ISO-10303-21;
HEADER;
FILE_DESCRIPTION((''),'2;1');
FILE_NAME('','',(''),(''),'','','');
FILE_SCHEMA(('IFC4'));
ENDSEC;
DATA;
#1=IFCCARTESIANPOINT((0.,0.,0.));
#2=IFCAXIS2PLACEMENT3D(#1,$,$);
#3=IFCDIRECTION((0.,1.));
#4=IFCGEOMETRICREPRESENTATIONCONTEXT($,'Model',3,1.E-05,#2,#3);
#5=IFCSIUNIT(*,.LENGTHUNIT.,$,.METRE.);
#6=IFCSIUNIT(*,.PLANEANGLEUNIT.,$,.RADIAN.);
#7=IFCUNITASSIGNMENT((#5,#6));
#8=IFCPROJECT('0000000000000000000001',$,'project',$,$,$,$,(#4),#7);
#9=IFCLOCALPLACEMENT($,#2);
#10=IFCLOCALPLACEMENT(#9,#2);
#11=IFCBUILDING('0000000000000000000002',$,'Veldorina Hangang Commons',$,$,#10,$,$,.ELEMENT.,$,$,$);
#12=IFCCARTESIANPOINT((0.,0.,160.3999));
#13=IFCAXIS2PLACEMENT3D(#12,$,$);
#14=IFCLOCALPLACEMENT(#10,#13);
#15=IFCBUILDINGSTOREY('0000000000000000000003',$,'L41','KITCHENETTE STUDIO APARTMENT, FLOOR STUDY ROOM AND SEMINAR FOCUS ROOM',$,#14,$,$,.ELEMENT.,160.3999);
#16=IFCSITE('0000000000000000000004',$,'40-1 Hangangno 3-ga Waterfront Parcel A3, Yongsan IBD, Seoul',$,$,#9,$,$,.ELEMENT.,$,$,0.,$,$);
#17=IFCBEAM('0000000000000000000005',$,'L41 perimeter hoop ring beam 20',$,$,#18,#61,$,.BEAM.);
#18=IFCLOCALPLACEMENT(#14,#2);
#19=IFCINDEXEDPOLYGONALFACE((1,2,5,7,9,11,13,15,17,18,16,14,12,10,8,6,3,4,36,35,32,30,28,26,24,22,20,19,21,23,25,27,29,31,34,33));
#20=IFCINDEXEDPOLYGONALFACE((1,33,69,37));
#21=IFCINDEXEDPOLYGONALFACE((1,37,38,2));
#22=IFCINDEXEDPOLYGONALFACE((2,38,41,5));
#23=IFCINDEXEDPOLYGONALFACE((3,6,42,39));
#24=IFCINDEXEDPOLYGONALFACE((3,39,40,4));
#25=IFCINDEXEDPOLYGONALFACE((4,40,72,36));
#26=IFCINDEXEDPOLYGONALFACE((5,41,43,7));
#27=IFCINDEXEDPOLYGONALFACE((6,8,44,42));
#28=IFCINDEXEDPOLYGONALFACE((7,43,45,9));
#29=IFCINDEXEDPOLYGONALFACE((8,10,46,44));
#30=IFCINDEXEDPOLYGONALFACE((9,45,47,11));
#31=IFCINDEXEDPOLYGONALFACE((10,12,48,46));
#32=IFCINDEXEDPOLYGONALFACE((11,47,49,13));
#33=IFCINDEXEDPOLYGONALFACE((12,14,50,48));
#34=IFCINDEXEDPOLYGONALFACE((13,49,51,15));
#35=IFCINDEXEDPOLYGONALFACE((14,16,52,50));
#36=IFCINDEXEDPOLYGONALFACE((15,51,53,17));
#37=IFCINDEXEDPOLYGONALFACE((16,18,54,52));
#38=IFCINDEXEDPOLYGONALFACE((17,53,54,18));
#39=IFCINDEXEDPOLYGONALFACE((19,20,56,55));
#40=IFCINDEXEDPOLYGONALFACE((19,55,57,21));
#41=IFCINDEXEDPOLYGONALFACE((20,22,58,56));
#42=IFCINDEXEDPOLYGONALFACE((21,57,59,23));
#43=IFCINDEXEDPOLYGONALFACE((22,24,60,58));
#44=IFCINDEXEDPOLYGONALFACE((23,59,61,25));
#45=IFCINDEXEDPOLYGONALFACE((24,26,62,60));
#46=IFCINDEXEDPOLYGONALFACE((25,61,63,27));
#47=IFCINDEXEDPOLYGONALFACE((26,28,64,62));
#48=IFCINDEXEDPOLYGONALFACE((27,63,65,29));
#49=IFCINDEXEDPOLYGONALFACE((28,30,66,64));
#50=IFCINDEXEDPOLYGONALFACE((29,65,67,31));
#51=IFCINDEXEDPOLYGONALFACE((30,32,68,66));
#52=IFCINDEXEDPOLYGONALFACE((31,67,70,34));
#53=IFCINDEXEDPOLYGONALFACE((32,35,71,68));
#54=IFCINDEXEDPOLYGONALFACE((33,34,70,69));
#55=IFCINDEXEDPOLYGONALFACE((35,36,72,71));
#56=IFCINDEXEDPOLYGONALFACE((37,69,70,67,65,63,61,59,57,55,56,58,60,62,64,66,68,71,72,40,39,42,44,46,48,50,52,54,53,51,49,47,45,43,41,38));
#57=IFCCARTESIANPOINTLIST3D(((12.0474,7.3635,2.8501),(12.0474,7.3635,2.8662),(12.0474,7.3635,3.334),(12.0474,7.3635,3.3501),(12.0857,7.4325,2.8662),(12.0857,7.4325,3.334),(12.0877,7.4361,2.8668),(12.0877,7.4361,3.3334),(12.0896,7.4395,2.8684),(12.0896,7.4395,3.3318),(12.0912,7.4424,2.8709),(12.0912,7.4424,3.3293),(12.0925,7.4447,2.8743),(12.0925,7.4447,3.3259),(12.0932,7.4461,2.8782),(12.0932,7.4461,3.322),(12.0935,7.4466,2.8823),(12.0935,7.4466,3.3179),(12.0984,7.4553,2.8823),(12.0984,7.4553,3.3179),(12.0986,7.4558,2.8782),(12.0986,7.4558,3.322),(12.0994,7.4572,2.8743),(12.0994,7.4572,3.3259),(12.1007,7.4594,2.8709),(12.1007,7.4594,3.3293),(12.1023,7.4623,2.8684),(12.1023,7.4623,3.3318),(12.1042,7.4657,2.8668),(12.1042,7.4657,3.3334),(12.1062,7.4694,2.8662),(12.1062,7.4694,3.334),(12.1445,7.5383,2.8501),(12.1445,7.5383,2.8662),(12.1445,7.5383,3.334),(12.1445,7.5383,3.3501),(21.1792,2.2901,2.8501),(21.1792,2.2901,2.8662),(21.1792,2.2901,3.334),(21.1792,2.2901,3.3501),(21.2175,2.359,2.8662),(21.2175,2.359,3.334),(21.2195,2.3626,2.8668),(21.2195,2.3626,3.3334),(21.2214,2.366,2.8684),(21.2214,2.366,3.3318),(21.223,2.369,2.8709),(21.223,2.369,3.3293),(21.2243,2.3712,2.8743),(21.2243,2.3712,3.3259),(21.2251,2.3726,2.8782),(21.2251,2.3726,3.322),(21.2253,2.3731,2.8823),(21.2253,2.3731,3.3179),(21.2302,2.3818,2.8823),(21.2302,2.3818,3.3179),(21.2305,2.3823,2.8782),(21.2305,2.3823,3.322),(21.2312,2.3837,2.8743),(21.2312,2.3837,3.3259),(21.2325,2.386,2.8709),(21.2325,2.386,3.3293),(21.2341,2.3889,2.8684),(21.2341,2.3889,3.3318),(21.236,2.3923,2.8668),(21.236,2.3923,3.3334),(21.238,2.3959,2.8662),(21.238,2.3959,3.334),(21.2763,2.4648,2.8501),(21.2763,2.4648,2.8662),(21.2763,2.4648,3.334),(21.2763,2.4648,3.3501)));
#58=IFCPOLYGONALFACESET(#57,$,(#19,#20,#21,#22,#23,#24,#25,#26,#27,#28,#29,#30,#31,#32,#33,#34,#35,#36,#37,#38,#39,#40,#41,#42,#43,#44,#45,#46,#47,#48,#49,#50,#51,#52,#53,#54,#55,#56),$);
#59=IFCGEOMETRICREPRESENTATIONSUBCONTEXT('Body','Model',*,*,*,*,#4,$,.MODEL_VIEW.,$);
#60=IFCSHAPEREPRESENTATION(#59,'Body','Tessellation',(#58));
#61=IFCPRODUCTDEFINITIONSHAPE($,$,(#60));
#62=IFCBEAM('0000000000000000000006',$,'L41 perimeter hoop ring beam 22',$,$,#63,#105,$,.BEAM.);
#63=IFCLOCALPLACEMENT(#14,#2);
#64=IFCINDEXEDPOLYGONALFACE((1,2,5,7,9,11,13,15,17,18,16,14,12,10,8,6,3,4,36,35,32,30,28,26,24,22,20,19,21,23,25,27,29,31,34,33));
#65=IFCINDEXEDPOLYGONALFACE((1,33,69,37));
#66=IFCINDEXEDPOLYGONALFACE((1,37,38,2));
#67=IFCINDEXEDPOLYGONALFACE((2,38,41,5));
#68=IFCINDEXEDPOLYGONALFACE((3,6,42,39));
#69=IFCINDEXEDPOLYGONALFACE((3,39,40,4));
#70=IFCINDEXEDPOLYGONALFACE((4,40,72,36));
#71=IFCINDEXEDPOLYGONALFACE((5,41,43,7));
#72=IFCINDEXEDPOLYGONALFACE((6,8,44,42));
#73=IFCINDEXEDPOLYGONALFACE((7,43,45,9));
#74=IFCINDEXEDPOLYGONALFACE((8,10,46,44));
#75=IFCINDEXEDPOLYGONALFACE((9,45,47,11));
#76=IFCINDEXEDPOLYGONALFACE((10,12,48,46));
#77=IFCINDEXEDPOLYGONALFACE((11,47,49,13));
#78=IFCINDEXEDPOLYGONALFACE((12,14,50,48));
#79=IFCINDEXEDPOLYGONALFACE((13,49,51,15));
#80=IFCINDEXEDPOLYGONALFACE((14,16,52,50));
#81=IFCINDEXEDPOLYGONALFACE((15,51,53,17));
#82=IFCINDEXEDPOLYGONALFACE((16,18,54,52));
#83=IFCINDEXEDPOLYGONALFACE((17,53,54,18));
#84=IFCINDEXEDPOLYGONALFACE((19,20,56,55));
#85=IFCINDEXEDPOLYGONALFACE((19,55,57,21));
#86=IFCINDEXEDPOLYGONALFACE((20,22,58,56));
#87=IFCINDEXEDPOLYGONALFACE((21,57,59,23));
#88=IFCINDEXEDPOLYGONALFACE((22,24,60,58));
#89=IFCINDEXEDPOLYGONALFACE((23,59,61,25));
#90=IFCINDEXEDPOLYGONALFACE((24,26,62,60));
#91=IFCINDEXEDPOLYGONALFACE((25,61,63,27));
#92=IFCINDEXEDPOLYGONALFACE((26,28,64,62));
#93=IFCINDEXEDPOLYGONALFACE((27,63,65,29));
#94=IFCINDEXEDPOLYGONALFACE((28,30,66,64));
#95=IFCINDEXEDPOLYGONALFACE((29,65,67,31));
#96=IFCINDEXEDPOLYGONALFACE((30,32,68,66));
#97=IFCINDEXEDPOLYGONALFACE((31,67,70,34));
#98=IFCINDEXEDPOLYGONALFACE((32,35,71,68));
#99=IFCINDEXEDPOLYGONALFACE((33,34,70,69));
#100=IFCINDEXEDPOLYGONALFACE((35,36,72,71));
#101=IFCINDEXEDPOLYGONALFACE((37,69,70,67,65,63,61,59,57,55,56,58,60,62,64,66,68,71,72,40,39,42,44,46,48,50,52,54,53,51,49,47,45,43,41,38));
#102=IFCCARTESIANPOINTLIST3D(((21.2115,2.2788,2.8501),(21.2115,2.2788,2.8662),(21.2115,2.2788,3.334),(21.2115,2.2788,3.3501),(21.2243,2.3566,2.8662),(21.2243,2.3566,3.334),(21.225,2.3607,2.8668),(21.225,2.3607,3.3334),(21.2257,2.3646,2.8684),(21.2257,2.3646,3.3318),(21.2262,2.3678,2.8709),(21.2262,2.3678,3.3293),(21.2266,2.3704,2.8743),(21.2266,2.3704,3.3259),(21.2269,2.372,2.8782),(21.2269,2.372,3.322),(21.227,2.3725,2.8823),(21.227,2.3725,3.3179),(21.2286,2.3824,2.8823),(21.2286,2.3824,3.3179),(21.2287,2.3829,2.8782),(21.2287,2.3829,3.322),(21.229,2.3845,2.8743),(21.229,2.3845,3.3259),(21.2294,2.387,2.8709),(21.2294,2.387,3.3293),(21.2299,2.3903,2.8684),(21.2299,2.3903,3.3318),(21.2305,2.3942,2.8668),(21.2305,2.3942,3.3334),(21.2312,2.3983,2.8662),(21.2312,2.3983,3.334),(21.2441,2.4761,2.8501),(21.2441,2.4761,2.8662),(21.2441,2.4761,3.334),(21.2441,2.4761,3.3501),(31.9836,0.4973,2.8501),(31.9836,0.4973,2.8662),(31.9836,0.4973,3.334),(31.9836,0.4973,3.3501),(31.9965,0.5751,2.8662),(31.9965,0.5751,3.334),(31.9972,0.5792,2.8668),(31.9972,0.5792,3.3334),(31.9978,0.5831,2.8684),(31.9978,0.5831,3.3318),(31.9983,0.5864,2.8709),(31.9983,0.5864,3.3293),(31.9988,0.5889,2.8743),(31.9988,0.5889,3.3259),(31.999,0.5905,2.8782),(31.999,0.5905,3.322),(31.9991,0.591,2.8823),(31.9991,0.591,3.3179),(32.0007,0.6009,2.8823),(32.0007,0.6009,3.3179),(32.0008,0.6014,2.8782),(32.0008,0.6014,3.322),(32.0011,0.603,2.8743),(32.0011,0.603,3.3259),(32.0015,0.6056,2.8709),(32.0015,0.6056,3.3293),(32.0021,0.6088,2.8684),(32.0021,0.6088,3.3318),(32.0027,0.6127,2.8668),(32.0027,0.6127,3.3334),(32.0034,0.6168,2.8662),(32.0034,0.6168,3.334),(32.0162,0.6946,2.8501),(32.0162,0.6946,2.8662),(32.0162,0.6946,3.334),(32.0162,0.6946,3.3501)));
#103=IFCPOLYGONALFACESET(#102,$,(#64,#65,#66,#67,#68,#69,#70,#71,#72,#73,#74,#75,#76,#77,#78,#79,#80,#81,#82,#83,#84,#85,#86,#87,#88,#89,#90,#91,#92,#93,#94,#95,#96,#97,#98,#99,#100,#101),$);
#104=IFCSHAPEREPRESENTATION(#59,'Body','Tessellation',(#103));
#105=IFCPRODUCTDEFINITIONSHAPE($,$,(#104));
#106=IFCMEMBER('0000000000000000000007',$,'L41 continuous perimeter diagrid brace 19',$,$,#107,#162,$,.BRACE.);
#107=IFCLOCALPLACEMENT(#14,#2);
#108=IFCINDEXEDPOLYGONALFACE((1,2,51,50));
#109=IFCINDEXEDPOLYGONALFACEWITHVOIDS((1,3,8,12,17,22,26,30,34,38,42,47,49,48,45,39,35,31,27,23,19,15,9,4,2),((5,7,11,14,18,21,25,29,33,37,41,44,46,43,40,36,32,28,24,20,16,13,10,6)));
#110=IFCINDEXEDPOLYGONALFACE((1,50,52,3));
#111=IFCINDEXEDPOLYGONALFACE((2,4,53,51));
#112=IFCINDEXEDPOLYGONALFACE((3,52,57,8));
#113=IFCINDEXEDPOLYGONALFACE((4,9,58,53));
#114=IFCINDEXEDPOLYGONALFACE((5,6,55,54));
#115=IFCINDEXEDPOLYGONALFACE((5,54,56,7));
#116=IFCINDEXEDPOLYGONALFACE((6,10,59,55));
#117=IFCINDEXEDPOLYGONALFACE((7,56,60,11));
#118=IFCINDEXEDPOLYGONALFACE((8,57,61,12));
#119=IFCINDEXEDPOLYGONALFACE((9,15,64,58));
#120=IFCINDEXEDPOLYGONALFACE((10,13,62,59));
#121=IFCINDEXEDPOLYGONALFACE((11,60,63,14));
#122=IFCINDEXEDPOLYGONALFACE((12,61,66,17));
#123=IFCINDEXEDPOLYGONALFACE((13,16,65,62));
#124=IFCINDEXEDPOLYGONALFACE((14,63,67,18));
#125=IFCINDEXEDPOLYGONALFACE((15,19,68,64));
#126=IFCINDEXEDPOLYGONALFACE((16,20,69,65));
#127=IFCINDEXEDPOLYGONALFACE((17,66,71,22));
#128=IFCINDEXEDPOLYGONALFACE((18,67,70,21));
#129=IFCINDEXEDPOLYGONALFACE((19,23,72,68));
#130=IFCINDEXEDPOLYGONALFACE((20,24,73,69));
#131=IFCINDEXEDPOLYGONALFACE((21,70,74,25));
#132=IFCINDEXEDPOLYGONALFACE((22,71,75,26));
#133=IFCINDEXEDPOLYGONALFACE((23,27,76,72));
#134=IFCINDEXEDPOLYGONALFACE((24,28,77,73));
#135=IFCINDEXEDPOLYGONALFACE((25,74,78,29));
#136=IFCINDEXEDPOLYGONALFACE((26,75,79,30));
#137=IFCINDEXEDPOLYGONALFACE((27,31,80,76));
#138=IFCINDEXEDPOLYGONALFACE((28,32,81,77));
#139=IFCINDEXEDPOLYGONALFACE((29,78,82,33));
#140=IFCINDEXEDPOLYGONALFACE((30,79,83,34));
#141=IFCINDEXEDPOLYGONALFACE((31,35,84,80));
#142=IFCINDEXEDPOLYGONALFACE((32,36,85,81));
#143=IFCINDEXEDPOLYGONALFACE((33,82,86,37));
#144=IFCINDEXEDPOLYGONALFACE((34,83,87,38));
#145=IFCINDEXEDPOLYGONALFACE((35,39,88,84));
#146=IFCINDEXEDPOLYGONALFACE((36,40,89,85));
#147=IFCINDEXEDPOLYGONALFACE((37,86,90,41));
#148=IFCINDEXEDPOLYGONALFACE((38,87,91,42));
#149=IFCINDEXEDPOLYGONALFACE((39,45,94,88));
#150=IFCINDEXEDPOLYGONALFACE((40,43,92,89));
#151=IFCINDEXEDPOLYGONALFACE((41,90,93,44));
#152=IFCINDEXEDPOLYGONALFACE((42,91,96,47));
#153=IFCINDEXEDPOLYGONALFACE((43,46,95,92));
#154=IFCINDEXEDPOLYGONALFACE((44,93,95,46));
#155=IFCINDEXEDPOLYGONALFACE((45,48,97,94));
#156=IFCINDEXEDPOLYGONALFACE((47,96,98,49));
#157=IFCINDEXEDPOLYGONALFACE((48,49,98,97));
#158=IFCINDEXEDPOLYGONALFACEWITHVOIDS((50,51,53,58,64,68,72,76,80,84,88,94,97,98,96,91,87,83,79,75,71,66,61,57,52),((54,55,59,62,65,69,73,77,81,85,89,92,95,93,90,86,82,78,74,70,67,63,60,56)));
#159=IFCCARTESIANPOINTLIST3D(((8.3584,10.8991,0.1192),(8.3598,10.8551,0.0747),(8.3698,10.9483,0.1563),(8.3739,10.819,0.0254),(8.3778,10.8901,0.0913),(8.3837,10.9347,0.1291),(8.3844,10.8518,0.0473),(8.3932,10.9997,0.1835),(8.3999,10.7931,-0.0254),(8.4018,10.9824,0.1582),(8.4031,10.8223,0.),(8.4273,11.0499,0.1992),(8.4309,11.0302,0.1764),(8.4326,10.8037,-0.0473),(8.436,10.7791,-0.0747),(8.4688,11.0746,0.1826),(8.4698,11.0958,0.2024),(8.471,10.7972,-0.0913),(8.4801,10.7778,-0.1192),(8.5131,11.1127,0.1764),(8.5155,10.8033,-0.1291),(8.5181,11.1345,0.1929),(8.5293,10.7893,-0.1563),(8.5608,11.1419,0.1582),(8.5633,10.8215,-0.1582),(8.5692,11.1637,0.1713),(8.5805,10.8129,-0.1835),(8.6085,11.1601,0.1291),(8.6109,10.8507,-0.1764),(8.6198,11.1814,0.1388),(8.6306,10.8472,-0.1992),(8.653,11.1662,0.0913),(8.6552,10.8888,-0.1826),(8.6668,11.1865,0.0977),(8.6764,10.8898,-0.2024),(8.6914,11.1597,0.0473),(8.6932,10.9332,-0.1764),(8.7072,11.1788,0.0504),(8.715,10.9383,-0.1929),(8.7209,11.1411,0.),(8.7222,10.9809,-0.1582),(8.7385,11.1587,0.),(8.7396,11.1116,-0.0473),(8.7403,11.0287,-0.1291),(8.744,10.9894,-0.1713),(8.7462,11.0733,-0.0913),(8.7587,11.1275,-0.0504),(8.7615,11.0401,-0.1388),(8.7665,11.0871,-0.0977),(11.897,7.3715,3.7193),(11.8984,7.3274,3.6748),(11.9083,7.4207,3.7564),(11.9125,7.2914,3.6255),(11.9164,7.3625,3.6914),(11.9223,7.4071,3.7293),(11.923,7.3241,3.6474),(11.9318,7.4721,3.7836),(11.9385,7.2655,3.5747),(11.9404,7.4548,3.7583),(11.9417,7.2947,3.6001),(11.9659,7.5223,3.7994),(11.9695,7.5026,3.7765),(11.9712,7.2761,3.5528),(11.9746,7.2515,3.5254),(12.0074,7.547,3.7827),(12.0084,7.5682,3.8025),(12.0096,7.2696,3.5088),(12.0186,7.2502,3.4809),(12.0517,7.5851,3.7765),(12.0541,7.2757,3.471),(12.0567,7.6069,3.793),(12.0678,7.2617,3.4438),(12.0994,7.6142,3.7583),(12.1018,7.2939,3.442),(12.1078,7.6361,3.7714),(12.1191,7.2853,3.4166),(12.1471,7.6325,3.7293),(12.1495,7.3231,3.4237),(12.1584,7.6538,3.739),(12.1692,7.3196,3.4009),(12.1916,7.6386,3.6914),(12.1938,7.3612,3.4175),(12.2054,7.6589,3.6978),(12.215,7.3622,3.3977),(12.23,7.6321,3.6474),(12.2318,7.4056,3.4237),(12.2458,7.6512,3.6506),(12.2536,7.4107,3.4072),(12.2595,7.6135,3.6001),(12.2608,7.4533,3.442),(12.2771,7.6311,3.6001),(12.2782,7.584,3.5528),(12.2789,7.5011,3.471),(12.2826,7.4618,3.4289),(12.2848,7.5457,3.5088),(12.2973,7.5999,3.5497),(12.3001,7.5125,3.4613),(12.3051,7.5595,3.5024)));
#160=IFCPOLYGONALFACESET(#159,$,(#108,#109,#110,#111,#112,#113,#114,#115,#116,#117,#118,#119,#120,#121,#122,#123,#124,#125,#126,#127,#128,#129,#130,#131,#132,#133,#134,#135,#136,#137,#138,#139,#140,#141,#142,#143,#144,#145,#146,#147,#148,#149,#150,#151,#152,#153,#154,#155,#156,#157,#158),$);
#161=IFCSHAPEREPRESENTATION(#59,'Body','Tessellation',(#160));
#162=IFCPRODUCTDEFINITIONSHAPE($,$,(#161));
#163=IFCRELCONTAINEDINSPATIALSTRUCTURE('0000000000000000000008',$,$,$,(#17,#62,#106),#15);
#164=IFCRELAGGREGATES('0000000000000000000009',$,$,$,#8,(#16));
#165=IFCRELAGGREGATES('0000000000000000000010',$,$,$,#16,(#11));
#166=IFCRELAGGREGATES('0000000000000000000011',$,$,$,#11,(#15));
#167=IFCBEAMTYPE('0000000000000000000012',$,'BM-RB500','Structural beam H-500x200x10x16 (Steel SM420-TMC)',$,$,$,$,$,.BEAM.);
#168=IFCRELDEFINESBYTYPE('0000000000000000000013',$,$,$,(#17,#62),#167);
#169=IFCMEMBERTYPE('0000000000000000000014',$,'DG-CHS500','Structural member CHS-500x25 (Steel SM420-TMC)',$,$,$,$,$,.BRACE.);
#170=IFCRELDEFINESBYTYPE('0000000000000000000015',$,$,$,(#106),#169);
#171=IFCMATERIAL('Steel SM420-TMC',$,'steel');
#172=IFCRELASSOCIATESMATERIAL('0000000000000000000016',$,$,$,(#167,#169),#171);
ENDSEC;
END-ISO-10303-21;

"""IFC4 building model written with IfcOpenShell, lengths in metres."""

from ifc_helpers import new_model, si_unit, direction, frame, origin, origin_2d, place, context, subcontext, project, spatial, hollow_circle, i_section, extrude, material, material_profile, profile_set, type_object, element, save


model = new_model("IFC4")

# Units and contexts
model_context = context("Model", 3, precision=1e-05, world=origin(), true_north=direction((0.0, 1.0)))
body_context = subcontext(model_context, "Body", "Model", "MODEL_VIEW")
ifc_project = project(units=[si_unit("LENGTHUNIT", "METRE"), si_unit("PLANEANGLEUNIT", "RADIAN")], contexts=[model_context])

# Site, building, storey
site_placement = place(None, origin())
site = spatial("IfcSite", under=ifc_project, at=site_placement, Name="40-1 Hangangno 3-ga Waterfront Parcel A3, Yongsan IBD, Seoul", CompositionType="ELEMENT", RefElevation=0.0)
building_placement = place(site_placement, origin())
building = spatial("IfcBuilding", under=site, at=building_placement, Name="Veldorina Hangang Commons", CompositionType="ELEMENT")
storey_placement = place(building_placement, frame((0.0, 0.0, 160.3999)))
storey = spatial("IfcBuildingStorey", under=building, at=storey_placement, Name="L41", Description="KITCHENETTE STUDIO APARTMENT, FLOOR STUDY ROOM AND SEMINAR FOCUS ROOM", CompositionType="ELEMENT", Elevation=160.3999)

# Beams
ifc_material_1 = material(Name="Steel SM420-TMC", Category="steel")
ifc_material_profile_1 = material_profile(ifc_material_1, i_section(OverallWidth=0.2, OverallDepth=0.5, WebThickness=0.01, FlangeThickness=0.0161, FilletRadius=0.0161, at=origin_2d()), Name="H-500x200x10x16")
ifc_profile_set_1 = profile_set([ifc_material_profile_1], Name="Steel SM420-TMC")
beam_type = type_object("IfcBeamType", Name="BM-RB500", Description="Structural beam H-500x200x10x16 (Steel SM420-TMC)", PredefinedType="BEAM", material=ifc_profile_set_1)
beam_1_placement = place(storey_placement, frame((12.0959, 7.4509, 3.1001), z_axis=(0.874147, -0.485661, 0.0), x_axis=(0.485661, 0.874147, 0.0)))
element("IfcBeam", 1, at=beam_1_placement, inside=storey, type_object=beam_type, Name="L41 perimeter hoop ring beam 20", PredefinedType="BEAM", context=body_context, shape_type="SweptSolid", body=[
    extrude(i_section(OverallWidth=0.2, OverallDepth=0.5, WebThickness=0.01, FlangeThickness=0.0161, FilletRadius=0.0161, at=origin_2d()), origin(), (0.0, 0.0, 1.0), 10.4465),
])
beam_2_placement = place(storey_placement, frame((21.2278, 2.3774, 3.1001), z_axis=(0.986599, -0.163162, 0.0), x_axis=(0.163162, 0.986599, 0.0)))
element("IfcBeam", 2, at=beam_2_placement, inside=storey, type_object=beam_type, Name="L41 perimeter hoop ring beam 22", PredefinedType="BEAM", context=body_context, shape_type="SweptSolid", body=[
    extrude(i_section(OverallWidth=0.2, OverallDepth=0.5, WebThickness=0.01, FlangeThickness=0.0161, FilletRadius=0.0161, at=origin_2d()), origin(), (0.0, 0.0, 1.0), 10.9185),
])

# Member
ifc_material_profile_2 = material_profile(ifc_material_1, hollow_circle(Radius=0.25, WallThickness=0.0249, at=origin_2d()), Name="CHS-500x25")
ifc_profile_set_2 = profile_set([ifc_material_profile_2], Name="Steel SM420-TMC")
member_type = type_object("IfcMemberType", Name="DG-CHS500", Description="Structural member CHS-500x25 (Steel SM420-TMC)", PredefinedType="BRACE", material=ifc_profile_set_2)
member_1_placement = place(storey_placement, frame((8.562, 10.9817, 0.0), z_axis=(0.574592, -0.572808, 0.584582), x_axis=(0.706007, 0.708205, 0.0)))
element("IfcMember", 3, at=member_1_placement, inside=storey, type_object=member_type, Name="L41 continuous perimeter diagrid brace 19", PredefinedType="BRACE", context=body_context, shape_type="SweptSolid", body=[
    extrude(hollow_circle(Radius=0.25, WallThickness=0.0249, at=origin_2d()), origin(), (0.0, 0.0, 1.0), 6.1584),
])

save(model, "model.ifc")
